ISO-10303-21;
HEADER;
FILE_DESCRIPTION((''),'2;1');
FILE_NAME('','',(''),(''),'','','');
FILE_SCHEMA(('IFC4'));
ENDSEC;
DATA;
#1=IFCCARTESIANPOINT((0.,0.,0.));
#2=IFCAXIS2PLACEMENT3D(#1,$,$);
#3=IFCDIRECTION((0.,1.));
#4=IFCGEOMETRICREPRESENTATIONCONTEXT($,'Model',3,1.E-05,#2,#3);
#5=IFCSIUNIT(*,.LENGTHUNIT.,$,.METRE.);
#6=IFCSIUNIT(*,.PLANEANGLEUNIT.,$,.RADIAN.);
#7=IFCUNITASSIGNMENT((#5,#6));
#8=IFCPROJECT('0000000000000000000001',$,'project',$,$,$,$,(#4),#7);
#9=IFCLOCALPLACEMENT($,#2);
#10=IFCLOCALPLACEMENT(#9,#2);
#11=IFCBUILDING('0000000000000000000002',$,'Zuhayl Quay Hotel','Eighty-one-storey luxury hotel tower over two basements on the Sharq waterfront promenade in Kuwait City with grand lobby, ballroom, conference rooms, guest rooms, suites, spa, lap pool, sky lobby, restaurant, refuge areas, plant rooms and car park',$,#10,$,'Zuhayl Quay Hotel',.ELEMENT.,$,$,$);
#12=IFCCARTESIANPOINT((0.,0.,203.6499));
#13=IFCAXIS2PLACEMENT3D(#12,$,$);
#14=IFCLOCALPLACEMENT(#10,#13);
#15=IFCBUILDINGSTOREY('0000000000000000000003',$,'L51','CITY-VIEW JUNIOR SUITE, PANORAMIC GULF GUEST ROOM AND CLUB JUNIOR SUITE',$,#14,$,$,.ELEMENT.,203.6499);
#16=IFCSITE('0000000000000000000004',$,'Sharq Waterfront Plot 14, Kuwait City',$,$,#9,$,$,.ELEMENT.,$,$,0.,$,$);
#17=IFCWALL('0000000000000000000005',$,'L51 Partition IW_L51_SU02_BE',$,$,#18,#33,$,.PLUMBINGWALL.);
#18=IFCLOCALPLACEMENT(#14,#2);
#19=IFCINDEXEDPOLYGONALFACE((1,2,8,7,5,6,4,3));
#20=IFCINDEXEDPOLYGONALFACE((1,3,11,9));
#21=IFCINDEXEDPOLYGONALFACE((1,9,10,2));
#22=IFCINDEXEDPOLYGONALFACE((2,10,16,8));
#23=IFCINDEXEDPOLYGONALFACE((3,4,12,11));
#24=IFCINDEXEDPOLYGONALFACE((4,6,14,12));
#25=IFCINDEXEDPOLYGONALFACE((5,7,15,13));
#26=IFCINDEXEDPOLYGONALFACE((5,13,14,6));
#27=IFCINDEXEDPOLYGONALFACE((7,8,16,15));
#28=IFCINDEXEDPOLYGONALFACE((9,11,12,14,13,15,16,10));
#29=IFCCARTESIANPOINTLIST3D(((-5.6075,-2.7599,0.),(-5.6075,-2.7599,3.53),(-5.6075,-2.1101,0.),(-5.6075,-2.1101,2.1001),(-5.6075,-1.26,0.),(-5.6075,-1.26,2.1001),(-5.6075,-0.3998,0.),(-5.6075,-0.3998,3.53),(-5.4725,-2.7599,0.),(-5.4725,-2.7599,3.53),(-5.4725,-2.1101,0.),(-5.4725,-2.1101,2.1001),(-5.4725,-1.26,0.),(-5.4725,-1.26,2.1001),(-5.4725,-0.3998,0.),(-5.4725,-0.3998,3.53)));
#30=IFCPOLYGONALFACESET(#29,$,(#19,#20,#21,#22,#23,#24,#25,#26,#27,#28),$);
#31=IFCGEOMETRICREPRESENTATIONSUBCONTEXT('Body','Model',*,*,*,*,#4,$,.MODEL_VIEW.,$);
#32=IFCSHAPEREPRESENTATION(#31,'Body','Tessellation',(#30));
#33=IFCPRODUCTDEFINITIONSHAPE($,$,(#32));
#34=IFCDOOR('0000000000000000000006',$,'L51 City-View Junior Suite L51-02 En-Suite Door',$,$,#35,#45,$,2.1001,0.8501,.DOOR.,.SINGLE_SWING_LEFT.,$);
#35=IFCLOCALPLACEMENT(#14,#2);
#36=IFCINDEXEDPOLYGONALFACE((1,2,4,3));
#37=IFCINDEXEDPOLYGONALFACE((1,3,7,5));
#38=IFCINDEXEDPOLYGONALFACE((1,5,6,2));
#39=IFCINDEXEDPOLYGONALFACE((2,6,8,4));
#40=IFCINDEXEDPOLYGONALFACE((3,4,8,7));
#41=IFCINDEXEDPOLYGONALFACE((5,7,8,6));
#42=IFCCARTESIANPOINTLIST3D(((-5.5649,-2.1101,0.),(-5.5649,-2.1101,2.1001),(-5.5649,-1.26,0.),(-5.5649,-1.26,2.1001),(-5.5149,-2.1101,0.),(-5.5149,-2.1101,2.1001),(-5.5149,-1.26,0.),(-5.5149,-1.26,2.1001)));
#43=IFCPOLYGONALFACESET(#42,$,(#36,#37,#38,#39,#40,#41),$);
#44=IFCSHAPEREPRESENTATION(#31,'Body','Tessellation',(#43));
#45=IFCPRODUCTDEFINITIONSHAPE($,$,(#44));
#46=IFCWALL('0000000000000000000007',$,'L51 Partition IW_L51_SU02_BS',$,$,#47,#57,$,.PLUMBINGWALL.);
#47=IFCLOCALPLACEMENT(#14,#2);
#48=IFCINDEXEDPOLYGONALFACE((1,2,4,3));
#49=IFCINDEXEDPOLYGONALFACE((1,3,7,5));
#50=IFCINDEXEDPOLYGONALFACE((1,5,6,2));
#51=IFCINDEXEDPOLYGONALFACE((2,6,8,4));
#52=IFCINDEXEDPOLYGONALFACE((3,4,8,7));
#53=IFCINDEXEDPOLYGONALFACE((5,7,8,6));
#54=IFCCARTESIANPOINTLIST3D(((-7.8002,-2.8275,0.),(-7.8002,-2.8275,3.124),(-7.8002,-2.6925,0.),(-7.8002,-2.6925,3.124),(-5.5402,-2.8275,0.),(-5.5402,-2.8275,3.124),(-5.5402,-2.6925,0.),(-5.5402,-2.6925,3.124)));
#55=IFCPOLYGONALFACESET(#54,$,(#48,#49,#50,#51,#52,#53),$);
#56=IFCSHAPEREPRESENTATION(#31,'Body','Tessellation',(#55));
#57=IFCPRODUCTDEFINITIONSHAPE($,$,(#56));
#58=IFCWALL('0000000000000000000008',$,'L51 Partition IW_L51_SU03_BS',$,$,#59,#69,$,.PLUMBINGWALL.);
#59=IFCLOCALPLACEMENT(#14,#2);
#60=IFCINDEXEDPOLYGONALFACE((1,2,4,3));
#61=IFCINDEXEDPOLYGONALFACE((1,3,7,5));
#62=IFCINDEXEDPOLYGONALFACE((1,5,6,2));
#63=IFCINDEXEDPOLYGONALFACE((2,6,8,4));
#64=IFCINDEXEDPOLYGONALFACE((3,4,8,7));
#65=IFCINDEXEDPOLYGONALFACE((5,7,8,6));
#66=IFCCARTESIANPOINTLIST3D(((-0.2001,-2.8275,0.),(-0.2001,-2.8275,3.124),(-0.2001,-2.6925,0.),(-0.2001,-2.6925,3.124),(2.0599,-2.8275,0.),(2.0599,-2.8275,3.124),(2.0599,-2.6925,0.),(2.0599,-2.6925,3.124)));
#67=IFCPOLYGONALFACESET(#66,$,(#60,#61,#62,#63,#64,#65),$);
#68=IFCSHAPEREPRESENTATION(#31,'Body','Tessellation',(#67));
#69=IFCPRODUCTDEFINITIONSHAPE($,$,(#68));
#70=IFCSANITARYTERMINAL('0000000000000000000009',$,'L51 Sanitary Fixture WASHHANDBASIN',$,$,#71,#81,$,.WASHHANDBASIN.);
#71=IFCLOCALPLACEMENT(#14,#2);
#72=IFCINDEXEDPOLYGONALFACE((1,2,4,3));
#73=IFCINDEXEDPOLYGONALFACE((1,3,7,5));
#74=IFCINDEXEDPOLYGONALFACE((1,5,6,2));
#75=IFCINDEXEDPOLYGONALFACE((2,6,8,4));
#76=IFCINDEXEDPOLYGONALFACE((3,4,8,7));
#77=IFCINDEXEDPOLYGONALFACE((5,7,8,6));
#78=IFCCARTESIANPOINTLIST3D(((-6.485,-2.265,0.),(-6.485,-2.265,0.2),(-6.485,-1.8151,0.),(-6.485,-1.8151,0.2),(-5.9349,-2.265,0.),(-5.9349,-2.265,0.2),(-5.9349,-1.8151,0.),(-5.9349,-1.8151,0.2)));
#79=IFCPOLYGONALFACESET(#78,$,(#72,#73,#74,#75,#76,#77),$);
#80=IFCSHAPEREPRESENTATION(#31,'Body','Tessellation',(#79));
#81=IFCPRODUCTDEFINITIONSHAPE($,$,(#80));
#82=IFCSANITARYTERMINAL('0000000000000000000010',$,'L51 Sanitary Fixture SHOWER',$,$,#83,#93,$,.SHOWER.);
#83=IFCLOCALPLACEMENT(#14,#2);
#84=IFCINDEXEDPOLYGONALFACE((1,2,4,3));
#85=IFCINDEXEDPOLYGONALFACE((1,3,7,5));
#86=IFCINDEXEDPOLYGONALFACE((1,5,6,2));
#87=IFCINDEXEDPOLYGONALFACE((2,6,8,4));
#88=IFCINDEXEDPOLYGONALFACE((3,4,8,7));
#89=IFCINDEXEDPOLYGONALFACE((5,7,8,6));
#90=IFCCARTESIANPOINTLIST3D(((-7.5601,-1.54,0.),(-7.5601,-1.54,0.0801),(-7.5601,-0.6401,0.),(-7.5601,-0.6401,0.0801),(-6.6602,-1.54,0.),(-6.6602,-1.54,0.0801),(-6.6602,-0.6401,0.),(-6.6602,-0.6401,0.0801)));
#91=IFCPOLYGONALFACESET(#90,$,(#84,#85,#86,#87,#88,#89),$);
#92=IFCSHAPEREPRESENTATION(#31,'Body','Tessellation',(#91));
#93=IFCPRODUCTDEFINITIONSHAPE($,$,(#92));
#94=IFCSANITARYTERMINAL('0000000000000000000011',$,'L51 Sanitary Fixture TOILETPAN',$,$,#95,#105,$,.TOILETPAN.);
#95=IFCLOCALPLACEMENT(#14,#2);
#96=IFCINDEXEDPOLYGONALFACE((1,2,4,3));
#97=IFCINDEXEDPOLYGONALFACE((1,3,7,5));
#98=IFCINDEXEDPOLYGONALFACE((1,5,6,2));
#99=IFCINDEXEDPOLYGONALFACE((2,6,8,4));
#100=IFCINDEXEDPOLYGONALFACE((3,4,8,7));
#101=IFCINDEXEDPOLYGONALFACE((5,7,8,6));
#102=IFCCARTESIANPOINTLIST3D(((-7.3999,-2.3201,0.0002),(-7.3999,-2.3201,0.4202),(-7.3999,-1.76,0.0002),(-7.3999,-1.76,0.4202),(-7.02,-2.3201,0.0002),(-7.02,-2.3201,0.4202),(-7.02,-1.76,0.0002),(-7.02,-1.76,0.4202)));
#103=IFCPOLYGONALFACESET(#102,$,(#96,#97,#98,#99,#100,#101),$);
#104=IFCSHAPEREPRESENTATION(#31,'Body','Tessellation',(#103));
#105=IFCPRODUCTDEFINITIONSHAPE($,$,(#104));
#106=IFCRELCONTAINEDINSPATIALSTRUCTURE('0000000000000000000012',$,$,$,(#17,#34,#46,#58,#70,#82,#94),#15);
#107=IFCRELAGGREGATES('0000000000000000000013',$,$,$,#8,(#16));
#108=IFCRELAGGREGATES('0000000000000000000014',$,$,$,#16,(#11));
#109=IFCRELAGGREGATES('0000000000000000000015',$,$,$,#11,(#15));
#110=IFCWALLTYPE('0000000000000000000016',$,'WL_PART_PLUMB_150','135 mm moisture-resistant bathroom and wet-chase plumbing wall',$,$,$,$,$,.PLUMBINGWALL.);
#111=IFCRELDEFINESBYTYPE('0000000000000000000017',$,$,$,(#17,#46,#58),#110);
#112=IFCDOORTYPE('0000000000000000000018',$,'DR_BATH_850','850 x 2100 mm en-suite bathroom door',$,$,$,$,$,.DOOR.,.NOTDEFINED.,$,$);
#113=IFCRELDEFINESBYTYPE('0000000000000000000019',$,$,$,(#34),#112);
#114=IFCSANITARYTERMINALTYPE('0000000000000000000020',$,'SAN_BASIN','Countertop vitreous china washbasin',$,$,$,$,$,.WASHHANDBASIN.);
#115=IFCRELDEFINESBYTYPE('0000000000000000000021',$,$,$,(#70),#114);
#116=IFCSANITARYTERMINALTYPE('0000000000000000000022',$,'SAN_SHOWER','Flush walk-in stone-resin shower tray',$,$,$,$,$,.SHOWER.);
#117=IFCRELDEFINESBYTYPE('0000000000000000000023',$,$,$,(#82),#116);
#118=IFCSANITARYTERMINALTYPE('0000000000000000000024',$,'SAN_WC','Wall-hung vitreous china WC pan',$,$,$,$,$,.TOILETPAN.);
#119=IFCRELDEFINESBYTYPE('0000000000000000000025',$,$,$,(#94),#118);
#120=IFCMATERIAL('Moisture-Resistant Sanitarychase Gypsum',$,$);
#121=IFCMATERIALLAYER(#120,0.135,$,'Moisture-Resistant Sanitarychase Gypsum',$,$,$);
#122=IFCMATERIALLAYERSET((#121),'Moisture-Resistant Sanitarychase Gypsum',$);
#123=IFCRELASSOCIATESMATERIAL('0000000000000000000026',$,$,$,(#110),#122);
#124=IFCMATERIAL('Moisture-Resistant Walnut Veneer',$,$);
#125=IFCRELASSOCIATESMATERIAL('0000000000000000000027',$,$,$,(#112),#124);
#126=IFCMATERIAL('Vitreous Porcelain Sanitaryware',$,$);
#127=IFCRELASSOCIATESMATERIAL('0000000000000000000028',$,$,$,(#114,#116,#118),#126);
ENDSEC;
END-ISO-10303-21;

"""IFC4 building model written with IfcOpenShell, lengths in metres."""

from ifc_helpers import new_model, si_unit, direction, frame, frame_2d, origin, origin_2d, place, context, subcontext, project, spatial, rectangle, extrude, material, layer, layer_set, type_object, element, fill, save


model = new_model("IFC4")

# Units and contexts
model_context = context("Model", 3, precision=1e-05, world=origin(), true_north=direction((0.0, 1.0)))
body_context = subcontext(model_context, "Body", "Model", "MODEL_VIEW")
ifc_project = project(units=[si_unit("LENGTHUNIT", "METRE"), si_unit("PLANEANGLEUNIT", "RADIAN")], contexts=[model_context])

# Site, building, storey
site_placement = place(None, origin())
site = spatial("IfcSite", under=ifc_project, at=site_placement, Name="Sharq Waterfront Plot 14, Kuwait City", CompositionType="ELEMENT", RefElevation=0.0)
building_placement = place(site_placement, origin())
building = spatial("IfcBuilding", under=site, at=building_placement, Name="Zuhayl Quay Hotel", Description="Eighty-one-storey luxury hotel tower over two basements on the Sharq waterfront promenade in Kuwait City with grand lobby, ballroom, conference rooms, guest rooms, suites, spa, lap pool, sky lobby, restaurant, refuge areas, plant rooms and car park", LongName="Zuhayl Quay Hotel", CompositionType="ELEMENT")
storey_placement = place(building_placement, frame((0.0, 0.0, 203.6499)))
storey = spatial("IfcBuildingStorey", under=building, at=storey_placement, Name="L51", Description="CITY-VIEW JUNIOR SUITE, PANORAMIC GULF GUEST ROOM AND CLUB JUNIOR SUITE", CompositionType="ELEMENT", Elevation=203.6499)

# Wall, opening, door
ifc_material_1 = material(Name="Moisture-Resistant Sanitarychase Gypsum")
ifc_layer_1 = layer(ifc_material_1, 0.135, Name="Moisture-Resistant Sanitarychase Gypsum")
ifc_layer_set_1 = layer_set([ifc_layer_1], Name="Moisture-Resistant Sanitarychase Gypsum")
wall_type_1 = type_object("IfcWallType", Name="WL_PART_PLUMB_150", Description="135 mm moisture-resistant bathroom and wet-chase plumbing wall", PredefinedType="PLUMBINGWALL", material=ifc_layer_set_1)
wall_1_placement = place(storey_placement, frame((-5.54, -2.76, 0.0), z_axis=(0.0, 0.0, 1.0), x_axis=(0.0, 1.0, 0.0)))
wall_1 = element("IfcWall", 1, at=wall_1_placement, inside=storey, type_object=wall_type_1, Name="L51 Partition IW_L51_SU02_BE", PredefinedType="PLUMBINGWALL", context=body_context, shape_type="SweptSolid", body=[
    extrude(rectangle(XDim=2.3601, YDim=0.135, at=frame_2d((1.1802, 0.0))), origin(), (0.0, 0.0, 1.0), 3.53),
])
opening_1_placement = place(wall_1_placement, frame((0.6499, 0.0, 0.0)))
opening_1 = element("IfcOpeningElement", 2, at=opening_1_placement, cuts=wall_1, PredefinedType="OPENING", context=body_context, shape_type="SweptSolid", body=[
    extrude(rectangle(XDim=0.8501, YDim=2.1001, at=frame_2d((0.425, 1.05))), frame((0.0, 0.0774, 0.0), z_axis=(0.0, -1.0, 0.0), x_axis=(1.0, 0.0, 0.0)), (0.0, 0.0, 1.0), 0.155),
])
ifc_material_2 = material(Name="Moisture-Resistant Walnut Veneer")
door_type_1 = type_object("IfcDoorType", Name="DR_BATH_850", Description="850 x 2100 mm en-suite bathroom door", OperationType="NOTDEFINED", PredefinedType="DOOR", material=ifc_material_2)
door_1_placement = place(opening_1_placement, origin())
door_1 = element("IfcDoor", 3, at=door_1_placement, inside=storey, type_object=door_type_1, Name="L51 City-View Junior Suite L51-02 En-Suite Door", OperationType="SINGLE_SWING_LEFT", OverallHeight=2.1001, OverallWidth=0.8501, PredefinedType="DOOR", context=body_context, shape_type="SweptSolid", body=[
    extrude(rectangle(XDim=0.8501, YDim=2.1001, at=frame_2d((0.425, 1.05))), frame((0.0, 0.0249, 0.0), z_axis=(0.0, -1.0, 0.0), x_axis=(1.0, 0.0, 0.0)), (0.0, 0.0, 1.0), 0.05),
])
fill(opening_1, door_1)

# Walls
for number, where, z_axis, x_axis, name in (
    (4, (-7.8, -2.76, 0.0), (0.0, 0.0, 1.0), (1.0, 0.0, 0.0), "L51 Partition IW_L51_SU02_BS"),
    (5, (-0.2, -2.76, 0.0), (0.0, 0.0, 1.0), (1.0, 0.0, 0.0), "L51 Partition IW_L51_SU03_BS"),
):
    element("IfcWall", number, at=place(storey_placement, frame(where, z_axis=z_axis, x_axis=x_axis)), inside=storey, type_object=wall_type_1, Name=name, PredefinedType="PLUMBINGWALL", context=body_context, shape_type="SweptSolid", body=[
        extrude(rectangle(XDim=2.26, YDim=0.135, at=frame_2d((1.1299, 0.0))), origin(), (0.0, 0.0, 1.0), 3.124),
    ])

# Sanitary terminals
ifc_material_3 = material(Name="Vitreous Porcelain Sanitaryware")
sanitary_terminal_type_1 = type_object("IfcSanitaryTerminalType", Name="SAN_BASIN", Description="Countertop vitreous china washbasin", PredefinedType="WASHHANDBASIN", material=ifc_material_3)
sanitary_terminal_1_placement = place(storey_placement, frame((-6.21, -2.04, 0.0), z_axis=(0.0, 0.0, 1.0), x_axis=(1.0, 0.0, 0.0)))
element("IfcSanitaryTerminal", 6, at=sanitary_terminal_1_placement, inside=storey, type_object=sanitary_terminal_type_1, Name="L51 Sanitary Fixture WASHHANDBASIN", PredefinedType="WASHHANDBASIN", context=body_context, shape_type="SweptSolid", body=[
    extrude(rectangle(XDim=0.55, YDim=0.45, at=origin_2d()), origin(), (0.0, 0.0, 1.0), 0.2),
])
sanitary_terminal_type_2 = type_object("IfcSanitaryTerminalType", Name="SAN_SHOWER", Description="Flush walk-in stone-resin shower tray", PredefinedType="SHOWER", material=ifc_material_3)
sanitary_terminal_2_placement = place(storey_placement, frame((-7.1101, -1.0901, 0.0), z_axis=(0.0, 0.0, 1.0), x_axis=(1.0, 0.0, 0.0)))
element("IfcSanitaryTerminal", 7, at=sanitary_terminal_2_placement, inside=storey, type_object=sanitary_terminal_type_2, Name="L51 Sanitary Fixture SHOWER", PredefinedType="SHOWER", context=body_context, shape_type="SweptSolid", body=[
    extrude(rectangle(XDim=0.8999, YDim=0.8999, at=origin_2d()), origin(), (0.0, 0.0, 1.0), 0.0801),
])
sanitary_terminal_type_3 = type_object("IfcSanitaryTerminalType", Name="SAN_WC", Description="Wall-hung vitreous china WC pan", PredefinedType="TOILETPAN", material=ifc_material_3)
sanitary_terminal_3_placement = place(storey_placement, frame((-7.21, -2.04, 0.0002), z_axis=(0.0, 0.0, 1.0), x_axis=(1.0, 0.0, 0.0)))
element("IfcSanitaryTerminal", 8, at=sanitary_terminal_3_placement, inside=storey, type_object=sanitary_terminal_type_3, Name="L51 Sanitary Fixture TOILETPAN", PredefinedType="TOILETPAN", context=body_context, shape_type="SweptSolid", body=[
    extrude(rectangle(XDim=0.3799, YDim=0.5601, at=origin_2d()), origin(), (0.0, 0.0, 1.0), 0.4199),
])

save(model, "model.ifc")
